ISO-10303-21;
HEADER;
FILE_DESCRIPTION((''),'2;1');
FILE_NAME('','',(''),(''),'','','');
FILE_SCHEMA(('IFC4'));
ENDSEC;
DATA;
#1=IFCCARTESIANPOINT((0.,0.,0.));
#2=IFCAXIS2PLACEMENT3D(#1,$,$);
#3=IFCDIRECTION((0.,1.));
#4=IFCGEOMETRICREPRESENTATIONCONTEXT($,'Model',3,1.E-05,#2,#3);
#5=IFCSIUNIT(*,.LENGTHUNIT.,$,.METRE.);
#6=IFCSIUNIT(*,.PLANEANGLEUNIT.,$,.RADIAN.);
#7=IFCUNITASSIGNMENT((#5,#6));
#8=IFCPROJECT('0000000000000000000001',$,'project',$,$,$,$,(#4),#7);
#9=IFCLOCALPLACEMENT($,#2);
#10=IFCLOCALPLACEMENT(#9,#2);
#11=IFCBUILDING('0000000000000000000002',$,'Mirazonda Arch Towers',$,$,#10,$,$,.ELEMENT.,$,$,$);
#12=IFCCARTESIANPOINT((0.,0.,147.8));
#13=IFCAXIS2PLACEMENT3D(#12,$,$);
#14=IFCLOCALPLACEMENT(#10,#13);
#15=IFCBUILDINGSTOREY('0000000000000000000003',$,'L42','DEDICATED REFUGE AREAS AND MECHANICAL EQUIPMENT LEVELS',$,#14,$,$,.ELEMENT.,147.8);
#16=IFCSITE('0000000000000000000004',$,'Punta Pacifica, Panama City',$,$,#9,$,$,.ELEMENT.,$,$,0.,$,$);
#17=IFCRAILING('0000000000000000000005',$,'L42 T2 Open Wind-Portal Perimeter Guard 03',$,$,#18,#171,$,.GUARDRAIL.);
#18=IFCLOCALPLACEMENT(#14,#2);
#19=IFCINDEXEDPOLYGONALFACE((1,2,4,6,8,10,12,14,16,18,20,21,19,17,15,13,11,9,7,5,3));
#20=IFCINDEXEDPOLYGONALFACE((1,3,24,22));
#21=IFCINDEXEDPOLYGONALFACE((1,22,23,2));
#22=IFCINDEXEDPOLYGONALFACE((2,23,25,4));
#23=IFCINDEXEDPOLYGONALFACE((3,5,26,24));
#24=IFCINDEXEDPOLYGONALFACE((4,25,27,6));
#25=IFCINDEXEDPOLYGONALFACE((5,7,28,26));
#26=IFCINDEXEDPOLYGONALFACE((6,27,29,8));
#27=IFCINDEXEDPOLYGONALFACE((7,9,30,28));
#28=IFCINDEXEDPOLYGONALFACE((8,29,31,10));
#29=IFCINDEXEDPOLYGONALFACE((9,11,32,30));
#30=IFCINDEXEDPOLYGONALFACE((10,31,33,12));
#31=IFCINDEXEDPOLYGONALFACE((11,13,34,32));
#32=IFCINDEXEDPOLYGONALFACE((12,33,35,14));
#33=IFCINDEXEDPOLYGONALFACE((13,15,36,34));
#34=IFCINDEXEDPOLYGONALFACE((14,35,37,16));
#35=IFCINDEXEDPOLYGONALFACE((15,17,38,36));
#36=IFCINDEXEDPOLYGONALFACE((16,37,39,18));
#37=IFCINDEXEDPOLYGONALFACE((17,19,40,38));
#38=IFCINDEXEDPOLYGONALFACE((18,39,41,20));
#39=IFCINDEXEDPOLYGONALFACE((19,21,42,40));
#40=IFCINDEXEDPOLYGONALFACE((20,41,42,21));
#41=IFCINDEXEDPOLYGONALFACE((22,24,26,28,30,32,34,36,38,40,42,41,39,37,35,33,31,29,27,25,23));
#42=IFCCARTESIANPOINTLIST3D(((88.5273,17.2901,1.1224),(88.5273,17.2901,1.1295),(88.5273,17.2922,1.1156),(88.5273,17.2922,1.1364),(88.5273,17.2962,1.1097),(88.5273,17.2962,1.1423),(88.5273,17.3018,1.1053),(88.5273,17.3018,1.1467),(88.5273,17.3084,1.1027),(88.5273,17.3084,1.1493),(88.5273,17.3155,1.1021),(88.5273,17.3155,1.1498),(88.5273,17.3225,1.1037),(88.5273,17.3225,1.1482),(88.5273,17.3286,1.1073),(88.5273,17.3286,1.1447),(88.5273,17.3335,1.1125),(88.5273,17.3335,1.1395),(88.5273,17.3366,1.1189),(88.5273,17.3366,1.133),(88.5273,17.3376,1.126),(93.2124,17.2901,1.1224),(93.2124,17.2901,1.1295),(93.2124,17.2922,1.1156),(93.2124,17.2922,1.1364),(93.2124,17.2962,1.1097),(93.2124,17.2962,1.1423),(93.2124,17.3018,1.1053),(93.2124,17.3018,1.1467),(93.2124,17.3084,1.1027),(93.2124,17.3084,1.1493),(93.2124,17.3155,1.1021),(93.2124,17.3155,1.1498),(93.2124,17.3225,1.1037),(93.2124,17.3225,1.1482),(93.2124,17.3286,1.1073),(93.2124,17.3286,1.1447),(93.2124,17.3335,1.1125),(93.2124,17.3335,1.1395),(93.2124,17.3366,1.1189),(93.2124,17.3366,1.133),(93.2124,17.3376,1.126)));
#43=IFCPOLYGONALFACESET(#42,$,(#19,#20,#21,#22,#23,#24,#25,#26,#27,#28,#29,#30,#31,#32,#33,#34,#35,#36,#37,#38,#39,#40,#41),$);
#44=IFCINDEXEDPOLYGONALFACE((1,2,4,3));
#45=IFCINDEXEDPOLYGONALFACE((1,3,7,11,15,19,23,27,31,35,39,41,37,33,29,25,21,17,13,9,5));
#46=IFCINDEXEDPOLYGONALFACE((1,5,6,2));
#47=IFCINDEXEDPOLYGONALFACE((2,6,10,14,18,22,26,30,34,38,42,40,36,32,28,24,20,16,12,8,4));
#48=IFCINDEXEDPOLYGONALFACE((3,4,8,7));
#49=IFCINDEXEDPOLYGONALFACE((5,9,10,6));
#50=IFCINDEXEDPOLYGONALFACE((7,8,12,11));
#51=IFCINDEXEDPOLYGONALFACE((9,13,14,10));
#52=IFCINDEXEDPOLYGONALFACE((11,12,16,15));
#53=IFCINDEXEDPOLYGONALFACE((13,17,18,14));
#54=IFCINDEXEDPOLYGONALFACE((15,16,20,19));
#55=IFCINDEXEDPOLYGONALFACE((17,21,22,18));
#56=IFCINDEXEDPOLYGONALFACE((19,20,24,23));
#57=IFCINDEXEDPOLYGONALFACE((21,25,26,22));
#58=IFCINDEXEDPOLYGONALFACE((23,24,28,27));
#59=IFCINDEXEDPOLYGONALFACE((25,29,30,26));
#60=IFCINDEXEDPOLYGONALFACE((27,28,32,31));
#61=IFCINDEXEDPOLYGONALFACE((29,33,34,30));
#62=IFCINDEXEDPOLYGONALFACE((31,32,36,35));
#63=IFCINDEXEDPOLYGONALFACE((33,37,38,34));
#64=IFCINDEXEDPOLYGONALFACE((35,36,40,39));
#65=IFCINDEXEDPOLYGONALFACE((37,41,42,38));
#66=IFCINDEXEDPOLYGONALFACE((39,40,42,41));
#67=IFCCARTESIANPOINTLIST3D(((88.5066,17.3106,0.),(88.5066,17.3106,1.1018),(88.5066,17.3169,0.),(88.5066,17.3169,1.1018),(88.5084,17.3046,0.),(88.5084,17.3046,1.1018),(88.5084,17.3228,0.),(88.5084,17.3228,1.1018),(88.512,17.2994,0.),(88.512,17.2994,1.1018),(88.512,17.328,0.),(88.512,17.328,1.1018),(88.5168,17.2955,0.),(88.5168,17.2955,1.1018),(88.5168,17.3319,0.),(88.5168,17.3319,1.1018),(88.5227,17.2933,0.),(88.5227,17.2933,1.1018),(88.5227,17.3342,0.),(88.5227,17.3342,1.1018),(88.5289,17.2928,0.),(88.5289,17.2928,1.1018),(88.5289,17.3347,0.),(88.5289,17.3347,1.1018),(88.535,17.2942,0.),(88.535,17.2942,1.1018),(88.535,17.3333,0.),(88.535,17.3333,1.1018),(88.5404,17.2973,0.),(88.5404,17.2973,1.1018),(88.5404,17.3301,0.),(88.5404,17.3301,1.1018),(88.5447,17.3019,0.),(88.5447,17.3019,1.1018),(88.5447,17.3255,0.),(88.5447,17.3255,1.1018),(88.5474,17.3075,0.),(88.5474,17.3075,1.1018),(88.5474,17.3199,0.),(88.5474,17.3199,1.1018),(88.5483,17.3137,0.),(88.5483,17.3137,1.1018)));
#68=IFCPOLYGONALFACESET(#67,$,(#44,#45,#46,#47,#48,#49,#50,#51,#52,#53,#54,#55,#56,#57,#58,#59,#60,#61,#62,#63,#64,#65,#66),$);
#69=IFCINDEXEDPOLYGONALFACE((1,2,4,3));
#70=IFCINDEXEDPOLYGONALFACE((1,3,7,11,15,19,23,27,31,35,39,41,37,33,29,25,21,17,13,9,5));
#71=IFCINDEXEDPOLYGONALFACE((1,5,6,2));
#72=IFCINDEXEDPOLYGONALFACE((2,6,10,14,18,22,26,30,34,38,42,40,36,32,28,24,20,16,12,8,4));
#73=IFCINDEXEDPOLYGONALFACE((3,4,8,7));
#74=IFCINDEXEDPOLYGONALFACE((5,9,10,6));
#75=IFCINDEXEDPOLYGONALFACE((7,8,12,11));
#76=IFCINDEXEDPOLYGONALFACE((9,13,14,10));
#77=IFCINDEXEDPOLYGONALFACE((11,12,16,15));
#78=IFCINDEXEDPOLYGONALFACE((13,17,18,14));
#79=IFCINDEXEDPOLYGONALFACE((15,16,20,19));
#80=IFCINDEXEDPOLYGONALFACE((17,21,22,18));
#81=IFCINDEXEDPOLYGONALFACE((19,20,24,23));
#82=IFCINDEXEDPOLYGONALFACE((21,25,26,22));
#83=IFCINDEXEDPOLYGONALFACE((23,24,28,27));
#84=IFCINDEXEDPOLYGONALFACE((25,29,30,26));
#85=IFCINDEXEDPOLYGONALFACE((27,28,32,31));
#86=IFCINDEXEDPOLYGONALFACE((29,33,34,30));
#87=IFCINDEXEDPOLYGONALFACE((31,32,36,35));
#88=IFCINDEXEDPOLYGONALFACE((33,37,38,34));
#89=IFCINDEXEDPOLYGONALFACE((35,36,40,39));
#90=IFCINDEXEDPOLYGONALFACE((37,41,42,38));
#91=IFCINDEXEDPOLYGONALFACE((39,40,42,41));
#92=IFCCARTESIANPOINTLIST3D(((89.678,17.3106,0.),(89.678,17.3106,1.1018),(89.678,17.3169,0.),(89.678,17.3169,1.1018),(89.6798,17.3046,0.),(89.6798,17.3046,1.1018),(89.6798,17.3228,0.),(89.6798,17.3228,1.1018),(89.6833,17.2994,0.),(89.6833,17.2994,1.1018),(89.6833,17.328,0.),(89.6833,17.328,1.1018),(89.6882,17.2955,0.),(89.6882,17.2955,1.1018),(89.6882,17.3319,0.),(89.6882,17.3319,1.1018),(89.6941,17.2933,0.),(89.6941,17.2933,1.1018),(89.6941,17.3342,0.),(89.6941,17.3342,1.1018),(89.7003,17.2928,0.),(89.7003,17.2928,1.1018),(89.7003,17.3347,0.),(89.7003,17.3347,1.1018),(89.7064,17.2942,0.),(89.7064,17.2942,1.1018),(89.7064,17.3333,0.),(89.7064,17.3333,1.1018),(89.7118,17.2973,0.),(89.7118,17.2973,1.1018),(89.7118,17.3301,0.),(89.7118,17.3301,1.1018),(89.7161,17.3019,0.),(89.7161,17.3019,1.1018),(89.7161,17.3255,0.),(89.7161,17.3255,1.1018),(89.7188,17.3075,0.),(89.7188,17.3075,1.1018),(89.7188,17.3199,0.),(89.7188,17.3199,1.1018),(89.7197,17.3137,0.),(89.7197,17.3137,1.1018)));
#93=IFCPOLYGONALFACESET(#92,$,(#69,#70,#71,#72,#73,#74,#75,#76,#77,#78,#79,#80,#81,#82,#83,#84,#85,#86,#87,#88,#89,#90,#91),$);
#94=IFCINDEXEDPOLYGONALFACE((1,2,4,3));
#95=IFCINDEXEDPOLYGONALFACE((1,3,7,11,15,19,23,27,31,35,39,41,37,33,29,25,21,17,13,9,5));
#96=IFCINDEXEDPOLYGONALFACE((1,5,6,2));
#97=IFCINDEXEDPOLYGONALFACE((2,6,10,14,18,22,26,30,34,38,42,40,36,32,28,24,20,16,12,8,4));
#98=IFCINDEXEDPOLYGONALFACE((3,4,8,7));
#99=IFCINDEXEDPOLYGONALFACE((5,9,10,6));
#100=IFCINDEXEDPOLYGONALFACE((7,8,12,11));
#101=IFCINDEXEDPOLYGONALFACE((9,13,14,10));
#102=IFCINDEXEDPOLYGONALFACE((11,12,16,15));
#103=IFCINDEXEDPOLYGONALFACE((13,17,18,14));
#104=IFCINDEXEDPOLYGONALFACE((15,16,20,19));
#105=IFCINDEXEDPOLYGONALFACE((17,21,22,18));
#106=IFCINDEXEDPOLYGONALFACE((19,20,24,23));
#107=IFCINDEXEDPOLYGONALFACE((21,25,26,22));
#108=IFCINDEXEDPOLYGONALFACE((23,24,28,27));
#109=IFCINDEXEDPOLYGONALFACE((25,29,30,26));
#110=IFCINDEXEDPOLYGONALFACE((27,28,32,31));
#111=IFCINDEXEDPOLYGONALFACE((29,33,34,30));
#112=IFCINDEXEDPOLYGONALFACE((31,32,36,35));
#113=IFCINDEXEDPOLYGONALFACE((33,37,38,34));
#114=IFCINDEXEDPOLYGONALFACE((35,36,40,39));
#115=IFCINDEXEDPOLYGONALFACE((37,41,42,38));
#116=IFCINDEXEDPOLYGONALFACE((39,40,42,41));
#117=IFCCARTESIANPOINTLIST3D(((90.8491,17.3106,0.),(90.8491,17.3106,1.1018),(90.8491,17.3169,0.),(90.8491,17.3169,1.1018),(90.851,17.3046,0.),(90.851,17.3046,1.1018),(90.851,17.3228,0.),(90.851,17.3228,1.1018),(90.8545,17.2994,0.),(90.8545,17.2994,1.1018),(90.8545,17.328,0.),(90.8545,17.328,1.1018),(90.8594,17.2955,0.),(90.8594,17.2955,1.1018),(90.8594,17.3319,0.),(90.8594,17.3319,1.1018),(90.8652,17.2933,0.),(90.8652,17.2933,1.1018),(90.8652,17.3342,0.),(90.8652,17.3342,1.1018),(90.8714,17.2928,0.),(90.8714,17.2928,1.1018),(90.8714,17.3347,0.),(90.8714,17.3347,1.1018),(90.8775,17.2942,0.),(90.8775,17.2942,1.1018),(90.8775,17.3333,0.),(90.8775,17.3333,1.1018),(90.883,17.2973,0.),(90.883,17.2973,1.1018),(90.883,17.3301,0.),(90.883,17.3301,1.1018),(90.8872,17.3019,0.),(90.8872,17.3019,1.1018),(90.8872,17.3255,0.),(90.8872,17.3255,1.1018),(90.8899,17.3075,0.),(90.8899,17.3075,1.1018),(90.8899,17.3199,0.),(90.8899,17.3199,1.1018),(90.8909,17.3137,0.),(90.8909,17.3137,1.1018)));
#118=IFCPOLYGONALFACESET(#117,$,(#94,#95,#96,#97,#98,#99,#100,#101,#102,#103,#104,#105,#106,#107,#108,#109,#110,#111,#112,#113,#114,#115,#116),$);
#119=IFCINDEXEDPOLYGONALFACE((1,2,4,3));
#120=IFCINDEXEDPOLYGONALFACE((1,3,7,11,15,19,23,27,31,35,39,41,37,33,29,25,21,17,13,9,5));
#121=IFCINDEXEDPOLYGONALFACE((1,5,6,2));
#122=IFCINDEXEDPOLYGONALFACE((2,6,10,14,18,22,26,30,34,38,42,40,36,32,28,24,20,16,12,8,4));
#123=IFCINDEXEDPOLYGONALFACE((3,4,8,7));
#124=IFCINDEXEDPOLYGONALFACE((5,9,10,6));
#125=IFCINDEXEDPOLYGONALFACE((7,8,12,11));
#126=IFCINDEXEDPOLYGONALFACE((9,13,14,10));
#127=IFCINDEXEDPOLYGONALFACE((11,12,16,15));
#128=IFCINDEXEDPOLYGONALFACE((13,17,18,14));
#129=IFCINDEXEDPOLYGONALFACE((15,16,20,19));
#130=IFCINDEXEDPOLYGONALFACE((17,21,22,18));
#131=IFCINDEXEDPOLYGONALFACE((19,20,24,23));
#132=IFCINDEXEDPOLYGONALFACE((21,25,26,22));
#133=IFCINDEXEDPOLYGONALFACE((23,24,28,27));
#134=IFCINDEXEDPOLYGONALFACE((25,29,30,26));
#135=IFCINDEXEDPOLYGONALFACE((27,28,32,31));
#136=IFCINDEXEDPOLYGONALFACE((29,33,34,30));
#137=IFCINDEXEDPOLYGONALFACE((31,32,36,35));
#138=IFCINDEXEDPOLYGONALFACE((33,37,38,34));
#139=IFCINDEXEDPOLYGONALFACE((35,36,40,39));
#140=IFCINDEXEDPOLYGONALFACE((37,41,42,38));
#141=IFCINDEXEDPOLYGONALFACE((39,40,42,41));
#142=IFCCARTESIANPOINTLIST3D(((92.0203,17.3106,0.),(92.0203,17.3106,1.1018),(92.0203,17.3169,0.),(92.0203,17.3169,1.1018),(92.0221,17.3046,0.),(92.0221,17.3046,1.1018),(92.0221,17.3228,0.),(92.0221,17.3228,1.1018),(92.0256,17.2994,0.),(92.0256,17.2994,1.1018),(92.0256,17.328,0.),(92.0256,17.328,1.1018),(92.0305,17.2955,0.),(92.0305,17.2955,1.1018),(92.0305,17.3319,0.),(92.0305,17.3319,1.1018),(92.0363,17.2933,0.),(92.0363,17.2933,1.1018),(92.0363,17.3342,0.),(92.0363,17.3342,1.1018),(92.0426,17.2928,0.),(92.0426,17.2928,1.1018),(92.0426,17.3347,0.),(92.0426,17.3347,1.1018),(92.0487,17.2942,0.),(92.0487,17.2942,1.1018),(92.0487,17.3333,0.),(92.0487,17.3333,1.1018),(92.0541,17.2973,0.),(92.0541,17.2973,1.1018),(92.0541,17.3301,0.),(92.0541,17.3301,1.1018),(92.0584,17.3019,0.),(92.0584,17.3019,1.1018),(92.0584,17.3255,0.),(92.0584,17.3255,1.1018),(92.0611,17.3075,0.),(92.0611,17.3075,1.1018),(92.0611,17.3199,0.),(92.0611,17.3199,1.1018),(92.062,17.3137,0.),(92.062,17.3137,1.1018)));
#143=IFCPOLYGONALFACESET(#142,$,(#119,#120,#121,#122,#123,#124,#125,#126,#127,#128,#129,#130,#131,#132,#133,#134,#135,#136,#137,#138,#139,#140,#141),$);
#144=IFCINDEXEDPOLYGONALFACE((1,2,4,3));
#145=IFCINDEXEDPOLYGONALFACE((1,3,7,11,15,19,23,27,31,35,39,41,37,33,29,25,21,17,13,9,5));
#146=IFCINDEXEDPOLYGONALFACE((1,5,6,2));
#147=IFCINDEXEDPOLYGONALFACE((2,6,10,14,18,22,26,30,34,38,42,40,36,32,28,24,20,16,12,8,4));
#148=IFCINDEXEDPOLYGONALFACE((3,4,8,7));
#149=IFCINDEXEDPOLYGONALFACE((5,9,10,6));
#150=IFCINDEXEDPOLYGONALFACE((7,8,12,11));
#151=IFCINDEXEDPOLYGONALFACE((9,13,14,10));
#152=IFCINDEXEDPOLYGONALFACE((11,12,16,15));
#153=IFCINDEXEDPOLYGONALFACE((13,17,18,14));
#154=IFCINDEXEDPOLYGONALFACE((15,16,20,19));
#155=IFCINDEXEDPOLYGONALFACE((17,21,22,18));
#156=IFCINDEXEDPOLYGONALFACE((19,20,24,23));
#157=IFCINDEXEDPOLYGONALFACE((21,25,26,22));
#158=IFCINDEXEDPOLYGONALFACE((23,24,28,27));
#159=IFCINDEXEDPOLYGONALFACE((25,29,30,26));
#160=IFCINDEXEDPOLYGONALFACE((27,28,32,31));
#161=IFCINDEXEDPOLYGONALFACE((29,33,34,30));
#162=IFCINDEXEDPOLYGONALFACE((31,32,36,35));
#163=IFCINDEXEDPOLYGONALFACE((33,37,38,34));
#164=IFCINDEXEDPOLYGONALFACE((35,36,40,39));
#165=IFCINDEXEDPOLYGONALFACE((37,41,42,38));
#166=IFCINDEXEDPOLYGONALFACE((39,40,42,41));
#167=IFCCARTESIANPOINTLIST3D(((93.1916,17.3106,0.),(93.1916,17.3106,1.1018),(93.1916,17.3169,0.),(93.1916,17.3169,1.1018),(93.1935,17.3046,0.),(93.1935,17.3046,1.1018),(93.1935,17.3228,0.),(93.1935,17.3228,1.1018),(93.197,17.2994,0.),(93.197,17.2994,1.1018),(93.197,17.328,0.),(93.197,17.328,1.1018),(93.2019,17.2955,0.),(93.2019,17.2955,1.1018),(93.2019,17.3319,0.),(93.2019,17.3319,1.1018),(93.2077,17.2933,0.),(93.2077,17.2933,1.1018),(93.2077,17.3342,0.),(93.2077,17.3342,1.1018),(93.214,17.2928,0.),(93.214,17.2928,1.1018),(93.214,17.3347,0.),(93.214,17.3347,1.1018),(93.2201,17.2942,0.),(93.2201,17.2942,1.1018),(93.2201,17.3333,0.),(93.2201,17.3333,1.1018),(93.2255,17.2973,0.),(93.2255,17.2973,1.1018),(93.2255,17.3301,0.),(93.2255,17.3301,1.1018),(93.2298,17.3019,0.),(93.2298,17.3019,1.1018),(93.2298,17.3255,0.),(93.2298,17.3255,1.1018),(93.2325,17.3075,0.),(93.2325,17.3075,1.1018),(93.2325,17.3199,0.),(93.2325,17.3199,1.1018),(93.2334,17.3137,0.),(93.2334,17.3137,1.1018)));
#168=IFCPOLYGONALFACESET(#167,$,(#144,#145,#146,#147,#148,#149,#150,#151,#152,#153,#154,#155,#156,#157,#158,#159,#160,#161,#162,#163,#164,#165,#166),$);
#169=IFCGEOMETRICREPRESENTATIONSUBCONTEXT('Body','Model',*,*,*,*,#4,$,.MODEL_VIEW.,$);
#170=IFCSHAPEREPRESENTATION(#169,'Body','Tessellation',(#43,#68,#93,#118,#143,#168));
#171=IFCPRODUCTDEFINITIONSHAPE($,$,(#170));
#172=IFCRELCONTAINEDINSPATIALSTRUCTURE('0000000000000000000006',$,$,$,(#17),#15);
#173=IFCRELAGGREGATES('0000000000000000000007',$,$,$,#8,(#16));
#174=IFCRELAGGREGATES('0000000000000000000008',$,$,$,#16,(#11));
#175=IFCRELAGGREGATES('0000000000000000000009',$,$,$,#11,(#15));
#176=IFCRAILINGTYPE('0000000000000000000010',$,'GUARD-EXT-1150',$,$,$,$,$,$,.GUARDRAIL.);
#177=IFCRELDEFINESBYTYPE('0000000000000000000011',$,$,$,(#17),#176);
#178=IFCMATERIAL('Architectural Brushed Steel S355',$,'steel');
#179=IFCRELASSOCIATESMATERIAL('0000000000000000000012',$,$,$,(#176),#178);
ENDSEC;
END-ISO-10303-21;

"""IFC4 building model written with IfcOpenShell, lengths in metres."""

from ifc_helpers import new_model, si_unit, direction, frame, origin, origin_2d, place, context, subcontext, project, spatial, circle, extrude, material, type_object, element, save


model = new_model("IFC4")

# Units and contexts
model_context = context("Model", 3, precision=1e-05, world=origin(), true_north=direction((0.0, 1.0)))
body_context = subcontext(model_context, "Body", "Model", "MODEL_VIEW")
ifc_project = project(units=[si_unit("LENGTHUNIT", "METRE"), si_unit("PLANEANGLEUNIT", "RADIAN")], contexts=[model_context])

# Site, building, storey
site_placement = place(None, origin())
site = spatial("IfcSite", under=ifc_project, at=site_placement, Name="Punta Pacifica, Panama City", CompositionType="ELEMENT", RefElevation=0.0)
building_placement = place(site_placement, origin())
building = spatial("IfcBuilding", under=site, at=building_placement, Name="Mirazonda Arch Towers", CompositionType="ELEMENT")
storey_placement = place(building_placement, frame((0.0, 0.0, 147.8)))
storey = spatial("IfcBuildingStorey", under=building, at=storey_placement, Name="L42", Description="DEDICATED REFUGE AREAS AND MECHANICAL EQUIPMENT LEVELS", CompositionType="ELEMENT", Elevation=147.8)

# Railing
ifc_material_1 = material(Name="Architectural Brushed Steel S355", Category="steel")
railing_type = type_object("IfcRailingType", Name="GUARD-EXT-1150", PredefinedType="GUARDRAIL", material=ifc_material_1)
railing_1_placement = place(storey_placement, frame((88.5273, 17.3137, 0.0)))
element("IfcRailing", 1, at=railing_1_placement, inside=storey, type_object=railing_type, Name="L42 T2 Open Wind-Portal Perimeter Guard 03", PredefinedType="GUARDRAIL", context=body_context, shape_type="SweptSolid", body=[
    extrude(circle(Radius=0.0239, at=origin_2d()), frame((0.0, 0.0, 1.126), z_axis=(1.0, 0.0, 0.0), x_axis=(0.0, 1.0, 0.0)), (0.0, 0.0, 1.0), 4.6851),
    extrude(circle(Radius=0.021, at=origin_2d()), origin(), (0.0, 0.0, 1.0), 1.1018),
    extrude(circle(Radius=0.021, at=origin_2d()), frame((1.1714, 0.0, 0.0)), (0.0, 0.0, 1.0), 1.1018),
    extrude(circle(Radius=0.021, at=origin_2d()), frame((2.3425, 0.0, 0.0)), (0.0, 0.0, 1.0), 1.1018),
    extrude(circle(Radius=0.021, at=origin_2d()), frame((3.5137, 0.0, 0.0)), (0.0, 0.0, 1.0), 1.1018),
    extrude(circle(Radius=0.021, at=origin_2d()), frame((4.6851, 0.0, 0.0)), (0.0, 0.0, 1.0), 1.1018),
])

save(model, "model.ifc")
